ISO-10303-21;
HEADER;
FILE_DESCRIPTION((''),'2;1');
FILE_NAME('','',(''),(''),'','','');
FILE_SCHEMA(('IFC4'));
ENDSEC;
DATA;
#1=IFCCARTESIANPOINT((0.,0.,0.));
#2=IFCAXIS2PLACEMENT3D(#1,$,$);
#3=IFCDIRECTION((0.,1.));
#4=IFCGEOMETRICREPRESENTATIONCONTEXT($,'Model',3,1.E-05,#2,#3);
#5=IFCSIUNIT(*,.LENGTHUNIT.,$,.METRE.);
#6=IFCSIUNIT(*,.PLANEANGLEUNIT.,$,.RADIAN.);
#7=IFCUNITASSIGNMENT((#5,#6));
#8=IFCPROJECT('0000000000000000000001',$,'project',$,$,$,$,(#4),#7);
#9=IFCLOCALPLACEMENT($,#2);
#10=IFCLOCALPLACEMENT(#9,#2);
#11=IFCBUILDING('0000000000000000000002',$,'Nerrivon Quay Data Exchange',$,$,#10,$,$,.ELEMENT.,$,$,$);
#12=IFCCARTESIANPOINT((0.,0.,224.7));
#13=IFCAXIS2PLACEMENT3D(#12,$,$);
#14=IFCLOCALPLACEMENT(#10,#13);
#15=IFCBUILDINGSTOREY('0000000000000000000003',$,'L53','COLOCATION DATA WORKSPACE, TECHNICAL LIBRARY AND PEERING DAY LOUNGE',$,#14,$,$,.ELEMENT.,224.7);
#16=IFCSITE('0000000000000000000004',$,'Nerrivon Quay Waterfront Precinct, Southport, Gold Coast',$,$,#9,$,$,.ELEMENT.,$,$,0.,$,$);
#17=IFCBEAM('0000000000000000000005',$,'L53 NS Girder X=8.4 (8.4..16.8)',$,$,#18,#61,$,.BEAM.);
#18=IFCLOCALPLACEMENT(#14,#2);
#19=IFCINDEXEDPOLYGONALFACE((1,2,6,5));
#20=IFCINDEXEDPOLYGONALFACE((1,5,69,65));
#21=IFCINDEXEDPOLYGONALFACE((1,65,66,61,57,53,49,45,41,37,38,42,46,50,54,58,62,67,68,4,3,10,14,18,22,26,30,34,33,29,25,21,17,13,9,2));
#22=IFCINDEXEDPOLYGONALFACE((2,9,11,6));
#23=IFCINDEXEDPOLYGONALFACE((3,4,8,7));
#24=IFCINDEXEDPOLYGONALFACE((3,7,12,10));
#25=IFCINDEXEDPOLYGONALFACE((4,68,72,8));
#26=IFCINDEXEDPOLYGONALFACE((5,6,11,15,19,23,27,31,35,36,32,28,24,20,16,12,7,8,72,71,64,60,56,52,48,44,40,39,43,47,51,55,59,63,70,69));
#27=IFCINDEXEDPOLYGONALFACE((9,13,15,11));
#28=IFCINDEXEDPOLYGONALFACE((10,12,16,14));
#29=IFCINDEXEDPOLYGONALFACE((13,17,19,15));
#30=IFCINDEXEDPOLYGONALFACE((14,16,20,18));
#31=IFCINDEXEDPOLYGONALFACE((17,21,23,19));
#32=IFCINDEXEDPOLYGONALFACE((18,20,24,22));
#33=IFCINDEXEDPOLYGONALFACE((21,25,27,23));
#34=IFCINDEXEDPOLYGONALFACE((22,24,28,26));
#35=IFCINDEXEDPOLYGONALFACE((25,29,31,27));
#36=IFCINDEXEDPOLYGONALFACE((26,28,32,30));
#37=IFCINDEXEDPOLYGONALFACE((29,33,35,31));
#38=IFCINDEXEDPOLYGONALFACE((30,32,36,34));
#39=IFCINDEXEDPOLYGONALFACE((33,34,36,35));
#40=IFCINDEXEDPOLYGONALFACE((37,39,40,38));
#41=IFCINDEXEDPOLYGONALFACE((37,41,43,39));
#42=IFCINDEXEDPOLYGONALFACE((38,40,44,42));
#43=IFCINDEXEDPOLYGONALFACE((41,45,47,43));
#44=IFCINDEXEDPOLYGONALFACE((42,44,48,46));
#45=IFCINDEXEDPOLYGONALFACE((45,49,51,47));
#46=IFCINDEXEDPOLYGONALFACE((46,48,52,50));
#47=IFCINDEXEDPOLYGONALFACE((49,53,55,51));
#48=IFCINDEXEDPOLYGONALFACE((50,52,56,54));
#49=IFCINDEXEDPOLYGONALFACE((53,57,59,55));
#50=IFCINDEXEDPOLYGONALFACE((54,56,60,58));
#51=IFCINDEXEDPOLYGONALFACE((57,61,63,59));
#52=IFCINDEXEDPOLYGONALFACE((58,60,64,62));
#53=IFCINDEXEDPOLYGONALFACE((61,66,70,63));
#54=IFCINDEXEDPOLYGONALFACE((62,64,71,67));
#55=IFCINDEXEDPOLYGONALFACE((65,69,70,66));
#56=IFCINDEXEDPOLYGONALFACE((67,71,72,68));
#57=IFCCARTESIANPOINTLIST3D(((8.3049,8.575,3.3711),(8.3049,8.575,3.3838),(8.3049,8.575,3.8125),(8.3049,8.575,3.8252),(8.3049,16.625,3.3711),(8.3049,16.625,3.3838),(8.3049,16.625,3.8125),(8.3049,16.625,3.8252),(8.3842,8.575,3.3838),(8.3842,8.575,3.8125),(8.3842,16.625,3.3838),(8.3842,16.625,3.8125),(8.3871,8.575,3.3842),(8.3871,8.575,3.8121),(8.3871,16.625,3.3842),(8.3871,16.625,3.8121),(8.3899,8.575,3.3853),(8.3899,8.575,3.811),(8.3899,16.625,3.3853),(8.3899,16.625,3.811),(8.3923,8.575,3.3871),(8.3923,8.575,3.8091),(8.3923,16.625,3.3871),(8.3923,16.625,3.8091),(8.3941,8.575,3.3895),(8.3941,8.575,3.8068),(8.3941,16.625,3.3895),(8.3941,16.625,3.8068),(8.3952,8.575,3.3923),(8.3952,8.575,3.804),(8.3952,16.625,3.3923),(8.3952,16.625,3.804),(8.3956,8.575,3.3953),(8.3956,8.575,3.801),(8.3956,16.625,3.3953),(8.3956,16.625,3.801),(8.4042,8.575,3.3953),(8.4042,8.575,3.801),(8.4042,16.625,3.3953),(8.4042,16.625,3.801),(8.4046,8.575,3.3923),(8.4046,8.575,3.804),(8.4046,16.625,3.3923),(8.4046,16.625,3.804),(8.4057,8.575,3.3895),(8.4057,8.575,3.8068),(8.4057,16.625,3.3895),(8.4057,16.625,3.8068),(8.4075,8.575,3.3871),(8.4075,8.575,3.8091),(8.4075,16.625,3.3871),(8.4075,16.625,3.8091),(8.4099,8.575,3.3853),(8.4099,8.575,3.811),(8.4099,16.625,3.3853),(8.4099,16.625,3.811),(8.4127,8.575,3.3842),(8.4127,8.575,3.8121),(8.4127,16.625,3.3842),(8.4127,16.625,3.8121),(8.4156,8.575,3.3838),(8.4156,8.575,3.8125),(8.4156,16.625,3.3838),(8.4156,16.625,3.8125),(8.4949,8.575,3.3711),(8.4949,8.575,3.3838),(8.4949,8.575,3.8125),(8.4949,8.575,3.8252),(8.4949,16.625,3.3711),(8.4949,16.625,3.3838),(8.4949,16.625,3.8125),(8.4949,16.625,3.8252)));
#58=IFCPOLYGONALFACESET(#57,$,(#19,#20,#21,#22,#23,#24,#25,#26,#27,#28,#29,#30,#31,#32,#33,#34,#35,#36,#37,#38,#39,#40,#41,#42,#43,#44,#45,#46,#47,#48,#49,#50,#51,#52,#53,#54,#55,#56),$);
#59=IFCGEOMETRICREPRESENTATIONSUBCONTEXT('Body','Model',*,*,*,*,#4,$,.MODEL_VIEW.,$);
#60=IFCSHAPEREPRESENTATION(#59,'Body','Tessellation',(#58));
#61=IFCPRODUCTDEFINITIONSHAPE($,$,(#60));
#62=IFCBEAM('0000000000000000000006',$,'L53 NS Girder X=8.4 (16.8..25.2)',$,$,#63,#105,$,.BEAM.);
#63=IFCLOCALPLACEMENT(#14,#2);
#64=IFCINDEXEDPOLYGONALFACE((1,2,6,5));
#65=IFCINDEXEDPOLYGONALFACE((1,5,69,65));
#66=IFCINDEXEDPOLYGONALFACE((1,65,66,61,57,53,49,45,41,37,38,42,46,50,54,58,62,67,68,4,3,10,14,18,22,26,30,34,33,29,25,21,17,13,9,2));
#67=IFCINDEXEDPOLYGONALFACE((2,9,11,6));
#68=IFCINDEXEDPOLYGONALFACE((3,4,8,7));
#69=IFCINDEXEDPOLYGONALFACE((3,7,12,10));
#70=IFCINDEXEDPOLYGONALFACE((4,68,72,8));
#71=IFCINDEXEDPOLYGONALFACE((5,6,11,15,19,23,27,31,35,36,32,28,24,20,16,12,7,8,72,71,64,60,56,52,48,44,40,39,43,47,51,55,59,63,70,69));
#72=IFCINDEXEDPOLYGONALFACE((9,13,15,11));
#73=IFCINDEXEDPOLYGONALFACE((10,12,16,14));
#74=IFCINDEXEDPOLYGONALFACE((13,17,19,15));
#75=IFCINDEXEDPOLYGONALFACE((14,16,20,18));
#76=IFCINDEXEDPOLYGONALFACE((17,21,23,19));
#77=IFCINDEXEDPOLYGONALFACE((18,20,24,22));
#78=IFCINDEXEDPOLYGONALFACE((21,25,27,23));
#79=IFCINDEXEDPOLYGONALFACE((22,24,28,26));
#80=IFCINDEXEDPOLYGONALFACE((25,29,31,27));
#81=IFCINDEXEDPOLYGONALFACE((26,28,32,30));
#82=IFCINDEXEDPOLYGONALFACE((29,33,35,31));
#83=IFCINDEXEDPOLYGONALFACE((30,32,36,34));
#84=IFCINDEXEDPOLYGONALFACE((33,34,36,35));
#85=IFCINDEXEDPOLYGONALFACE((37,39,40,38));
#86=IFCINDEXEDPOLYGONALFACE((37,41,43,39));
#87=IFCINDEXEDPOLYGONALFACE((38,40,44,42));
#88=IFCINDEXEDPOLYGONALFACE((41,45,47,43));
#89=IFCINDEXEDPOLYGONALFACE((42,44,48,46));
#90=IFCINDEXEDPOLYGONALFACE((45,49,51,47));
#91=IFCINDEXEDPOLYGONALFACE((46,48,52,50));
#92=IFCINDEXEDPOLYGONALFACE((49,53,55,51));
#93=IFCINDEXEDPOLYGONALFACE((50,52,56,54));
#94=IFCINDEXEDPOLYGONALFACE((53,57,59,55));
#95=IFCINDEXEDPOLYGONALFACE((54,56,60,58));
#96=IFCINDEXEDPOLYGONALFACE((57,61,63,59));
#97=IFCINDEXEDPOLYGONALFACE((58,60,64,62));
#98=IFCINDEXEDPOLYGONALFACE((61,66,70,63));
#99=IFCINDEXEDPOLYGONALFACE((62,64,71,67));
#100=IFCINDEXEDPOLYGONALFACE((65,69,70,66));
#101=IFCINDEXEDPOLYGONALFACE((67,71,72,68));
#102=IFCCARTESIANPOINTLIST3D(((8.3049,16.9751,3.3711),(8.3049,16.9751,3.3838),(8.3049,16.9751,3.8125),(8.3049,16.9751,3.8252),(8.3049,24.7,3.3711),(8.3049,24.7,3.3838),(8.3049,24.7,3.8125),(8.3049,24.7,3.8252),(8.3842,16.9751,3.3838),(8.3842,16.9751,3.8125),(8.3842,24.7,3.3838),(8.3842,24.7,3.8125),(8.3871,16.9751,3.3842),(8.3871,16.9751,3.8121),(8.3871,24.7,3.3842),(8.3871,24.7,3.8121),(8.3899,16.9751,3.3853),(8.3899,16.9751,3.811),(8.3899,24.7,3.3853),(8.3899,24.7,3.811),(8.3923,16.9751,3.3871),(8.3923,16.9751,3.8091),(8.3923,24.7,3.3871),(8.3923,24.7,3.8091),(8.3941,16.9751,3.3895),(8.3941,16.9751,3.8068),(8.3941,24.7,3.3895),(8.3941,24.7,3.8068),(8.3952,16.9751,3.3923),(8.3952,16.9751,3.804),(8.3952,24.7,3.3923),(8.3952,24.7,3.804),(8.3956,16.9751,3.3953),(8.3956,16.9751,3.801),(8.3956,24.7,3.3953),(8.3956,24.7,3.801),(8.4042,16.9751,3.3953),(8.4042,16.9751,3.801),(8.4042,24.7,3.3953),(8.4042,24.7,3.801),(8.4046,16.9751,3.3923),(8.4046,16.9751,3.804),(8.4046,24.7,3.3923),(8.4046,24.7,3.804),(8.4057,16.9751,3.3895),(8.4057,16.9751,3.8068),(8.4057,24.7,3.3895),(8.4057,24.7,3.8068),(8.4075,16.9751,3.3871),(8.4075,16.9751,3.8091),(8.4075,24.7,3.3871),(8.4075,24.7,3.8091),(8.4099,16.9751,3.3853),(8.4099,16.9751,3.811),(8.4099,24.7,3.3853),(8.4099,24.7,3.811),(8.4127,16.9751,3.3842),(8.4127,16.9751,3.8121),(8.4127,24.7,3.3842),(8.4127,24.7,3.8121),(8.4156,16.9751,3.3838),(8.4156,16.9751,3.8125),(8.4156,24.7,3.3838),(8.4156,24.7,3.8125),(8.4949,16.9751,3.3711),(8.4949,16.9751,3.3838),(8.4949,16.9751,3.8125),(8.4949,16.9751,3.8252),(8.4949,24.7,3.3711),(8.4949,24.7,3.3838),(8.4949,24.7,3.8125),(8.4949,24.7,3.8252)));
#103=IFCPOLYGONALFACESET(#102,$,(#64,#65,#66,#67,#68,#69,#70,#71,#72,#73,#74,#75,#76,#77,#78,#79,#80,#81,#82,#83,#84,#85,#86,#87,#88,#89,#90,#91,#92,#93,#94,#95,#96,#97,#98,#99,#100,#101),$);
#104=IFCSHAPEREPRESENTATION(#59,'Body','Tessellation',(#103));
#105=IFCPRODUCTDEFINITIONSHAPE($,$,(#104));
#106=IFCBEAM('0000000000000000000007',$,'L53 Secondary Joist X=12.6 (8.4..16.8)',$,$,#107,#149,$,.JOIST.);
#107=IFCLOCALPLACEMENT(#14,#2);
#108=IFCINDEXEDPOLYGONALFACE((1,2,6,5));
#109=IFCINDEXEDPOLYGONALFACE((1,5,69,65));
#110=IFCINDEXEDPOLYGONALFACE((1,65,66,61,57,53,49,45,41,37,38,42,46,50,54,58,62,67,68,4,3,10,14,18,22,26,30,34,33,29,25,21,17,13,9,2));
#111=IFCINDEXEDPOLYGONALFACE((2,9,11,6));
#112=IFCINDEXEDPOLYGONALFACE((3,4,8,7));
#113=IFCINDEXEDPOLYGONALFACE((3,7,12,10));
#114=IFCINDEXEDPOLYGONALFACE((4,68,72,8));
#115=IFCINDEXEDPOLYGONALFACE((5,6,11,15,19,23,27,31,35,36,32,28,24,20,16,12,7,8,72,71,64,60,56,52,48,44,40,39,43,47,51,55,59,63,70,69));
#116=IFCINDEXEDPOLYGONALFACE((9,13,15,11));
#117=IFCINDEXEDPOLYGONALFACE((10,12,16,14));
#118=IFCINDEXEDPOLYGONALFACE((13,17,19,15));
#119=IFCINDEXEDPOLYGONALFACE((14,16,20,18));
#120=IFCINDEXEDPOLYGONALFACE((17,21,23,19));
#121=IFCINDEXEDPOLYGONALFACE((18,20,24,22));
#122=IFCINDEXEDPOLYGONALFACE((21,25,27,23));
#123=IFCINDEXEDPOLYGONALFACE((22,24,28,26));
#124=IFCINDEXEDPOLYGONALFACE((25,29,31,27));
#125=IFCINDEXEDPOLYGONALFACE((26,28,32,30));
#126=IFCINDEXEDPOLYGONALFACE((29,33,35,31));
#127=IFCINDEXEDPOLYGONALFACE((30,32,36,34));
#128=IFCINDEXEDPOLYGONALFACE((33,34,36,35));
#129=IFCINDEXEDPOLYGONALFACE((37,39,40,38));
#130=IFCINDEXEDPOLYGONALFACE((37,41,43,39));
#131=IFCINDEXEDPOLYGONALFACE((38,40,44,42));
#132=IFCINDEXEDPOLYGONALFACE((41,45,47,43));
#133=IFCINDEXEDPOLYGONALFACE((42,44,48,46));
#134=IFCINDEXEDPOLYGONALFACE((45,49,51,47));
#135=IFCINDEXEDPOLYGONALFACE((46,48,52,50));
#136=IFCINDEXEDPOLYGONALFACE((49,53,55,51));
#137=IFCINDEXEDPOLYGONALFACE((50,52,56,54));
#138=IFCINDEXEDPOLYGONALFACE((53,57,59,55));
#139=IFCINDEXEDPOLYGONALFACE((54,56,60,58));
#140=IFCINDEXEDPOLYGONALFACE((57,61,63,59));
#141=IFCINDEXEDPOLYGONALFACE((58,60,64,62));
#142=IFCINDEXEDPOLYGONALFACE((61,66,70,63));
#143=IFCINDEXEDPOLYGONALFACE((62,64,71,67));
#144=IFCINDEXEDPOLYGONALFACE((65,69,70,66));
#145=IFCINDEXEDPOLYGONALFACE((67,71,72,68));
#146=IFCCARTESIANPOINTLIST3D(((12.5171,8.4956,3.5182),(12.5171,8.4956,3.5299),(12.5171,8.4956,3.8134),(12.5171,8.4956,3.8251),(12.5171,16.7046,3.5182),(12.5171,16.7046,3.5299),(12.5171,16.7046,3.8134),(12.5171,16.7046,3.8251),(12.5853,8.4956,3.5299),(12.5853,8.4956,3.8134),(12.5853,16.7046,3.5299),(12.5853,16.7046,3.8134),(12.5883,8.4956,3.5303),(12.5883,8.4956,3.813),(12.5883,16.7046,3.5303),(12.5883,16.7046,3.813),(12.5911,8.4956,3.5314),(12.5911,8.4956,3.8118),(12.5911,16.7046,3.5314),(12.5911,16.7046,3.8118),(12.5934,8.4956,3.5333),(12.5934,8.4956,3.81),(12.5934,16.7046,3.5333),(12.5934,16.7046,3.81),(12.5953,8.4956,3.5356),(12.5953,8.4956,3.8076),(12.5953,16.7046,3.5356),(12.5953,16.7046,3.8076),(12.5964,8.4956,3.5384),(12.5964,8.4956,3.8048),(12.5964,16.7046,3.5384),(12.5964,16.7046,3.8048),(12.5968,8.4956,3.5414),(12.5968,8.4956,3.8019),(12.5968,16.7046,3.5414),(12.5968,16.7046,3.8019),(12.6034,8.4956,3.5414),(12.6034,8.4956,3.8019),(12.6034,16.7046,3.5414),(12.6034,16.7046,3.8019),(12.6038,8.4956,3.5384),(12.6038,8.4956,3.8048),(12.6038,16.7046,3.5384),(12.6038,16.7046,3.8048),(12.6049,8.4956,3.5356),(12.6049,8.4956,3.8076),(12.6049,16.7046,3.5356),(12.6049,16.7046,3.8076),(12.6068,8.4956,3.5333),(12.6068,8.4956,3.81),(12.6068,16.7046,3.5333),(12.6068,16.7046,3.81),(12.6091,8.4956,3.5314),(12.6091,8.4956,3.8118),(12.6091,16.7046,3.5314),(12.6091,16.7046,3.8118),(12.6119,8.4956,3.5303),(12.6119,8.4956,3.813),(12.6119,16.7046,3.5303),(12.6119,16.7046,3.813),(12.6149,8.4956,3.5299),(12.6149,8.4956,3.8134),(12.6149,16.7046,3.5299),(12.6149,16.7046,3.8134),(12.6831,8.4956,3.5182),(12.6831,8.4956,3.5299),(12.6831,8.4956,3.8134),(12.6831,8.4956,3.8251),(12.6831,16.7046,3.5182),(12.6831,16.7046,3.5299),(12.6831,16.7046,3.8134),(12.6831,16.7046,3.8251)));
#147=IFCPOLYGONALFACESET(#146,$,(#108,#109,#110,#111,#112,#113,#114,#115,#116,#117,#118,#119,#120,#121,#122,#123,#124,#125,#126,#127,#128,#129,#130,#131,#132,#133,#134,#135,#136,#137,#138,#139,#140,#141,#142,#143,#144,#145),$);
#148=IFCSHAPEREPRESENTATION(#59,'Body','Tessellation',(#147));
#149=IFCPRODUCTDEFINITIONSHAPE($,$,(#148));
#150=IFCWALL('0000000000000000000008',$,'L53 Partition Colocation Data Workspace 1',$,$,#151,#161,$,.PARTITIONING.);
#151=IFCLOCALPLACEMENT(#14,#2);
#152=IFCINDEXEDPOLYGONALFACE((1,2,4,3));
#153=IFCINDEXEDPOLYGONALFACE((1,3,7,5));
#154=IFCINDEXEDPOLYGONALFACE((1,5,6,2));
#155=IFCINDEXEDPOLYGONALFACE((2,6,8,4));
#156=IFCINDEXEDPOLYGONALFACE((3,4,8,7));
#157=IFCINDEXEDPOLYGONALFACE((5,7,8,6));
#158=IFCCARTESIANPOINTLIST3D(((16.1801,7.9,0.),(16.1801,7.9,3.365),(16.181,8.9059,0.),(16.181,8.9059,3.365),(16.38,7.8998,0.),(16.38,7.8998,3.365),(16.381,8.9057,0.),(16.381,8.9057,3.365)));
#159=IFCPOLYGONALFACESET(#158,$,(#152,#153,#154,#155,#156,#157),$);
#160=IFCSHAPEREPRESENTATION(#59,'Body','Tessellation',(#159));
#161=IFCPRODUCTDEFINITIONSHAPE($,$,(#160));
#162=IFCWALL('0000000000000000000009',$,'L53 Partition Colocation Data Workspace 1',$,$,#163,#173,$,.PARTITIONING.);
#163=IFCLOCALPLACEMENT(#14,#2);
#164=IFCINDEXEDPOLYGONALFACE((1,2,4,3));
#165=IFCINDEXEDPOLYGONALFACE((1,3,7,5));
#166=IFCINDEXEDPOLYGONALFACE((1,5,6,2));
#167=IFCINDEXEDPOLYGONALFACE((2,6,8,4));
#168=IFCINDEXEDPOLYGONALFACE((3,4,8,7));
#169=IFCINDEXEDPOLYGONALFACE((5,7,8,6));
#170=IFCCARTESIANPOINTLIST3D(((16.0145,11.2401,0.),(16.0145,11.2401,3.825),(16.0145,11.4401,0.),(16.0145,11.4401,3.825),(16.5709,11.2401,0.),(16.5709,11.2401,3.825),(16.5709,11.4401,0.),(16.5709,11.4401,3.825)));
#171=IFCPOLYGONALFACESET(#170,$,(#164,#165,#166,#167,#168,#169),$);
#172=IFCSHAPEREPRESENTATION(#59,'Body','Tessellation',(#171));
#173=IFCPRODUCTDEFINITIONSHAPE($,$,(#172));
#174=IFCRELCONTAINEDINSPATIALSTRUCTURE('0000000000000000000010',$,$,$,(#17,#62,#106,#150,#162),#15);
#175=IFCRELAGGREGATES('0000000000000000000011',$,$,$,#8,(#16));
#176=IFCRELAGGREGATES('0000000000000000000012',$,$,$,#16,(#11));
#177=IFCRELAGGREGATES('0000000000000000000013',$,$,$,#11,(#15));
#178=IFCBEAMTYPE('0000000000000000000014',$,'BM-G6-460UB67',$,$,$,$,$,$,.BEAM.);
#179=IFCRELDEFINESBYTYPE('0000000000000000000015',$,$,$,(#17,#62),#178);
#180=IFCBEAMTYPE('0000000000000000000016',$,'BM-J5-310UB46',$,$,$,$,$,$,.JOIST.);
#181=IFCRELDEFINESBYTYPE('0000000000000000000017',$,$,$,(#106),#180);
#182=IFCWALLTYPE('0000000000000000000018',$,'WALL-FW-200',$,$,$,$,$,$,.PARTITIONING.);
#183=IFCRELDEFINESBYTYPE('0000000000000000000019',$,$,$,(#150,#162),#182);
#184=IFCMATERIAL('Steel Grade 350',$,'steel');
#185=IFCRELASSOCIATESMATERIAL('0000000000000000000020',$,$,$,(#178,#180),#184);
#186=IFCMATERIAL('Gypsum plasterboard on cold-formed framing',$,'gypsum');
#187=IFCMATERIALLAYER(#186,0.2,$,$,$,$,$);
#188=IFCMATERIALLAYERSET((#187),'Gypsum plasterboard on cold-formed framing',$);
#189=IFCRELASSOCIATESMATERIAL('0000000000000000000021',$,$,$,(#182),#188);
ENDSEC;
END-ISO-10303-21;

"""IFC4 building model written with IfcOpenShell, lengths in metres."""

from ifc_helpers import new_model, si_unit, direction, frame, frame_2d, origin, origin_2d, place, context, subcontext, project, spatial, rectangle, i_section, extrude, material, layer, layer_set, material_profile, profile_set, type_object, element, save


model = new_model("IFC4")

# Units and contexts
model_context = context("Model", 3, precision=1e-05, world=origin(), true_north=direction((0.0, 1.0)))
body_context = subcontext(model_context, "Body", "Model", "MODEL_VIEW")
ifc_project = project(units=[si_unit("LENGTHUNIT", "METRE"), si_unit("PLANEANGLEUNIT", "RADIAN")], contexts=[model_context])

# Site, building, storey
site_placement = place(None, origin())
site = spatial("IfcSite", under=ifc_project, at=site_placement, Name="Nerrivon Quay Waterfront Precinct, Southport, Gold Coast", CompositionType="ELEMENT", RefElevation=0.0)
building_placement = place(site_placement, origin())
building = spatial("IfcBuilding", under=site, at=building_placement, Name="Nerrivon Quay Data Exchange", CompositionType="ELEMENT")
storey_placement = place(building_placement, frame((0.0, 0.0, 224.7)))
storey = spatial("IfcBuildingStorey", under=building, at=storey_placement, Name="L53", Description="COLOCATION DATA WORKSPACE, TECHNICAL LIBRARY AND PEERING DAY LOUNGE", CompositionType="ELEMENT", Elevation=224.7)

# Shared definitions
ifc_material_1 = material(Name="Steel Grade 350", Category="steel")

# Beams
ifc_material_profile_1 = material_profile(ifc_material_1, i_section(OverallWidth=0.1899, OverallDepth=0.4541, WebThickness=0.0085, FlangeThickness=0.0127, FilletRadius=0.0115, at=origin_2d()), Name="460UB67.1")
ifc_profile_set_1 = profile_set([ifc_material_profile_1], Name="Steel Grade 350")
beam_type_1 = type_object("IfcBeamType", Name="BM-G6-460UB67", PredefinedType="BEAM", material=ifc_profile_set_1)
beam_1_placement = place(storey_placement, frame((8.3999, 8.575, 3.5981), z_axis=(0.0, 1.0, 0.0), x_axis=(-1.0, 0.0, 0.0)))
element("IfcBeam", 1, at=beam_1_placement, inside=storey, type_object=beam_type_1, Name="L53 NS Girder X=8.4 (8.4..16.8)", PredefinedType="BEAM", context=body_context, shape_type="SweptSolid", body=[
    extrude(i_section(OverallWidth=0.1899, OverallDepth=0.4541, WebThickness=0.0085, FlangeThickness=0.0127, FilletRadius=0.0115, at=origin_2d()), origin(), (0.0, 0.0, 1.0), 8.05),
])
beam_2_placement = place(storey_placement, frame((8.3999, 16.9751, 3.5981), z_axis=(0.0, 1.0, 0.0), x_axis=(-1.0, 0.0, 0.0)))
element("IfcBeam", 2, at=beam_2_placement, inside=storey, type_object=beam_type_1, Name="L53 NS Girder X=8.4 (16.8..25.2)", PredefinedType="BEAM", context=body_context, shape_type="SweptSolid", body=[
    extrude(i_section(OverallWidth=0.1899, OverallDepth=0.4541, WebThickness=0.0085, FlangeThickness=0.0127, FilletRadius=0.0115, at=origin_2d()), origin(), (0.0, 0.0, 1.0), 7.7249),
])
ifc_material_profile_2 = material_profile(ifc_material_1, i_section(OverallWidth=0.166, OverallDepth=0.3069, WebThickness=0.0066, FlangeThickness=0.0117, FilletRadius=0.0115, at=origin_2d()), Name="310UB46.2")
ifc_profile_set_2 = profile_set([ifc_material_profile_2], Name="Steel Grade 350")
beam_type_2 = type_object("IfcBeamType", Name="BM-J5-310UB46", PredefinedType="JOIST", material=ifc_profile_set_2)
beam_3_placement = place(storey_placement, frame((12.6001, 8.4956, 3.6716), z_axis=(0.0, 1.0, 0.0), x_axis=(-1.0, 0.0, 0.0)))
element("IfcBeam", 3, at=beam_3_placement, inside=storey, type_object=beam_type_2, Name="L53 Secondary Joist X=12.6 (8.4..16.8)", PredefinedType="JOIST", context=body_context, shape_type="SweptSolid", body=[
    extrude(i_section(OverallWidth=0.166, OverallDepth=0.3069, WebThickness=0.0066, FlangeThickness=0.0117, FilletRadius=0.0115, at=origin_2d()), origin(), (0.0, 0.0, 1.0), 8.209),
])

# Walls
ifc_material_2 = material(Name="Gypsum plasterboard on cold-formed framing", Category="gypsum")
ifc_layer_1 = layer(ifc_material_2, 0.2)
ifc_layer_set_1 = layer_set([ifc_layer_1], Name="Gypsum plasterboard on cold-formed framing")
wall_type_1 = type_object("IfcWallType", Name="WALL-FW-200", PredefinedType="PARTITIONING", material=ifc_layer_set_1)
wall_1_placement = place(storey_placement, frame((16.28, 7.8999, 0.0), z_axis=(0.0, 0.0, 1.0), x_axis=(0.000971, 1.0, 0.0)))
element("IfcWall", 4, at=wall_1_placement, inside=storey, type_object=wall_type_1, Name="L53 Partition Colocation Data Workspace 1", PredefinedType="PARTITIONING", context=body_context, shape_type="SweptSolid", body=[
    extrude(rectangle(XDim=1.0059, YDim=0.2, at=frame_2d((0.5029, 0.0))), origin(), (0.0, 0.0, 1.0), 3.365),
])
wall_2_placement = place(storey_placement, frame((16.571, 11.3401, 0.0), z_axis=(0.0, 0.0, 1.0), x_axis=(-1.0, 0.0, 0.0)))
element("IfcWall", 5, at=wall_2_placement, inside=storey, type_object=wall_type_1, Name="L53 Partition Colocation Data Workspace 1", PredefinedType="PARTITIONING", context=body_context, shape_type="SweptSolid", body=[
    extrude(rectangle(XDim=0.5564, YDim=0.2, at=frame_2d((0.2783, 0.0))), origin(), (0.0, 0.0, 1.0), 3.825),
])

save(model, "model.ifc")
